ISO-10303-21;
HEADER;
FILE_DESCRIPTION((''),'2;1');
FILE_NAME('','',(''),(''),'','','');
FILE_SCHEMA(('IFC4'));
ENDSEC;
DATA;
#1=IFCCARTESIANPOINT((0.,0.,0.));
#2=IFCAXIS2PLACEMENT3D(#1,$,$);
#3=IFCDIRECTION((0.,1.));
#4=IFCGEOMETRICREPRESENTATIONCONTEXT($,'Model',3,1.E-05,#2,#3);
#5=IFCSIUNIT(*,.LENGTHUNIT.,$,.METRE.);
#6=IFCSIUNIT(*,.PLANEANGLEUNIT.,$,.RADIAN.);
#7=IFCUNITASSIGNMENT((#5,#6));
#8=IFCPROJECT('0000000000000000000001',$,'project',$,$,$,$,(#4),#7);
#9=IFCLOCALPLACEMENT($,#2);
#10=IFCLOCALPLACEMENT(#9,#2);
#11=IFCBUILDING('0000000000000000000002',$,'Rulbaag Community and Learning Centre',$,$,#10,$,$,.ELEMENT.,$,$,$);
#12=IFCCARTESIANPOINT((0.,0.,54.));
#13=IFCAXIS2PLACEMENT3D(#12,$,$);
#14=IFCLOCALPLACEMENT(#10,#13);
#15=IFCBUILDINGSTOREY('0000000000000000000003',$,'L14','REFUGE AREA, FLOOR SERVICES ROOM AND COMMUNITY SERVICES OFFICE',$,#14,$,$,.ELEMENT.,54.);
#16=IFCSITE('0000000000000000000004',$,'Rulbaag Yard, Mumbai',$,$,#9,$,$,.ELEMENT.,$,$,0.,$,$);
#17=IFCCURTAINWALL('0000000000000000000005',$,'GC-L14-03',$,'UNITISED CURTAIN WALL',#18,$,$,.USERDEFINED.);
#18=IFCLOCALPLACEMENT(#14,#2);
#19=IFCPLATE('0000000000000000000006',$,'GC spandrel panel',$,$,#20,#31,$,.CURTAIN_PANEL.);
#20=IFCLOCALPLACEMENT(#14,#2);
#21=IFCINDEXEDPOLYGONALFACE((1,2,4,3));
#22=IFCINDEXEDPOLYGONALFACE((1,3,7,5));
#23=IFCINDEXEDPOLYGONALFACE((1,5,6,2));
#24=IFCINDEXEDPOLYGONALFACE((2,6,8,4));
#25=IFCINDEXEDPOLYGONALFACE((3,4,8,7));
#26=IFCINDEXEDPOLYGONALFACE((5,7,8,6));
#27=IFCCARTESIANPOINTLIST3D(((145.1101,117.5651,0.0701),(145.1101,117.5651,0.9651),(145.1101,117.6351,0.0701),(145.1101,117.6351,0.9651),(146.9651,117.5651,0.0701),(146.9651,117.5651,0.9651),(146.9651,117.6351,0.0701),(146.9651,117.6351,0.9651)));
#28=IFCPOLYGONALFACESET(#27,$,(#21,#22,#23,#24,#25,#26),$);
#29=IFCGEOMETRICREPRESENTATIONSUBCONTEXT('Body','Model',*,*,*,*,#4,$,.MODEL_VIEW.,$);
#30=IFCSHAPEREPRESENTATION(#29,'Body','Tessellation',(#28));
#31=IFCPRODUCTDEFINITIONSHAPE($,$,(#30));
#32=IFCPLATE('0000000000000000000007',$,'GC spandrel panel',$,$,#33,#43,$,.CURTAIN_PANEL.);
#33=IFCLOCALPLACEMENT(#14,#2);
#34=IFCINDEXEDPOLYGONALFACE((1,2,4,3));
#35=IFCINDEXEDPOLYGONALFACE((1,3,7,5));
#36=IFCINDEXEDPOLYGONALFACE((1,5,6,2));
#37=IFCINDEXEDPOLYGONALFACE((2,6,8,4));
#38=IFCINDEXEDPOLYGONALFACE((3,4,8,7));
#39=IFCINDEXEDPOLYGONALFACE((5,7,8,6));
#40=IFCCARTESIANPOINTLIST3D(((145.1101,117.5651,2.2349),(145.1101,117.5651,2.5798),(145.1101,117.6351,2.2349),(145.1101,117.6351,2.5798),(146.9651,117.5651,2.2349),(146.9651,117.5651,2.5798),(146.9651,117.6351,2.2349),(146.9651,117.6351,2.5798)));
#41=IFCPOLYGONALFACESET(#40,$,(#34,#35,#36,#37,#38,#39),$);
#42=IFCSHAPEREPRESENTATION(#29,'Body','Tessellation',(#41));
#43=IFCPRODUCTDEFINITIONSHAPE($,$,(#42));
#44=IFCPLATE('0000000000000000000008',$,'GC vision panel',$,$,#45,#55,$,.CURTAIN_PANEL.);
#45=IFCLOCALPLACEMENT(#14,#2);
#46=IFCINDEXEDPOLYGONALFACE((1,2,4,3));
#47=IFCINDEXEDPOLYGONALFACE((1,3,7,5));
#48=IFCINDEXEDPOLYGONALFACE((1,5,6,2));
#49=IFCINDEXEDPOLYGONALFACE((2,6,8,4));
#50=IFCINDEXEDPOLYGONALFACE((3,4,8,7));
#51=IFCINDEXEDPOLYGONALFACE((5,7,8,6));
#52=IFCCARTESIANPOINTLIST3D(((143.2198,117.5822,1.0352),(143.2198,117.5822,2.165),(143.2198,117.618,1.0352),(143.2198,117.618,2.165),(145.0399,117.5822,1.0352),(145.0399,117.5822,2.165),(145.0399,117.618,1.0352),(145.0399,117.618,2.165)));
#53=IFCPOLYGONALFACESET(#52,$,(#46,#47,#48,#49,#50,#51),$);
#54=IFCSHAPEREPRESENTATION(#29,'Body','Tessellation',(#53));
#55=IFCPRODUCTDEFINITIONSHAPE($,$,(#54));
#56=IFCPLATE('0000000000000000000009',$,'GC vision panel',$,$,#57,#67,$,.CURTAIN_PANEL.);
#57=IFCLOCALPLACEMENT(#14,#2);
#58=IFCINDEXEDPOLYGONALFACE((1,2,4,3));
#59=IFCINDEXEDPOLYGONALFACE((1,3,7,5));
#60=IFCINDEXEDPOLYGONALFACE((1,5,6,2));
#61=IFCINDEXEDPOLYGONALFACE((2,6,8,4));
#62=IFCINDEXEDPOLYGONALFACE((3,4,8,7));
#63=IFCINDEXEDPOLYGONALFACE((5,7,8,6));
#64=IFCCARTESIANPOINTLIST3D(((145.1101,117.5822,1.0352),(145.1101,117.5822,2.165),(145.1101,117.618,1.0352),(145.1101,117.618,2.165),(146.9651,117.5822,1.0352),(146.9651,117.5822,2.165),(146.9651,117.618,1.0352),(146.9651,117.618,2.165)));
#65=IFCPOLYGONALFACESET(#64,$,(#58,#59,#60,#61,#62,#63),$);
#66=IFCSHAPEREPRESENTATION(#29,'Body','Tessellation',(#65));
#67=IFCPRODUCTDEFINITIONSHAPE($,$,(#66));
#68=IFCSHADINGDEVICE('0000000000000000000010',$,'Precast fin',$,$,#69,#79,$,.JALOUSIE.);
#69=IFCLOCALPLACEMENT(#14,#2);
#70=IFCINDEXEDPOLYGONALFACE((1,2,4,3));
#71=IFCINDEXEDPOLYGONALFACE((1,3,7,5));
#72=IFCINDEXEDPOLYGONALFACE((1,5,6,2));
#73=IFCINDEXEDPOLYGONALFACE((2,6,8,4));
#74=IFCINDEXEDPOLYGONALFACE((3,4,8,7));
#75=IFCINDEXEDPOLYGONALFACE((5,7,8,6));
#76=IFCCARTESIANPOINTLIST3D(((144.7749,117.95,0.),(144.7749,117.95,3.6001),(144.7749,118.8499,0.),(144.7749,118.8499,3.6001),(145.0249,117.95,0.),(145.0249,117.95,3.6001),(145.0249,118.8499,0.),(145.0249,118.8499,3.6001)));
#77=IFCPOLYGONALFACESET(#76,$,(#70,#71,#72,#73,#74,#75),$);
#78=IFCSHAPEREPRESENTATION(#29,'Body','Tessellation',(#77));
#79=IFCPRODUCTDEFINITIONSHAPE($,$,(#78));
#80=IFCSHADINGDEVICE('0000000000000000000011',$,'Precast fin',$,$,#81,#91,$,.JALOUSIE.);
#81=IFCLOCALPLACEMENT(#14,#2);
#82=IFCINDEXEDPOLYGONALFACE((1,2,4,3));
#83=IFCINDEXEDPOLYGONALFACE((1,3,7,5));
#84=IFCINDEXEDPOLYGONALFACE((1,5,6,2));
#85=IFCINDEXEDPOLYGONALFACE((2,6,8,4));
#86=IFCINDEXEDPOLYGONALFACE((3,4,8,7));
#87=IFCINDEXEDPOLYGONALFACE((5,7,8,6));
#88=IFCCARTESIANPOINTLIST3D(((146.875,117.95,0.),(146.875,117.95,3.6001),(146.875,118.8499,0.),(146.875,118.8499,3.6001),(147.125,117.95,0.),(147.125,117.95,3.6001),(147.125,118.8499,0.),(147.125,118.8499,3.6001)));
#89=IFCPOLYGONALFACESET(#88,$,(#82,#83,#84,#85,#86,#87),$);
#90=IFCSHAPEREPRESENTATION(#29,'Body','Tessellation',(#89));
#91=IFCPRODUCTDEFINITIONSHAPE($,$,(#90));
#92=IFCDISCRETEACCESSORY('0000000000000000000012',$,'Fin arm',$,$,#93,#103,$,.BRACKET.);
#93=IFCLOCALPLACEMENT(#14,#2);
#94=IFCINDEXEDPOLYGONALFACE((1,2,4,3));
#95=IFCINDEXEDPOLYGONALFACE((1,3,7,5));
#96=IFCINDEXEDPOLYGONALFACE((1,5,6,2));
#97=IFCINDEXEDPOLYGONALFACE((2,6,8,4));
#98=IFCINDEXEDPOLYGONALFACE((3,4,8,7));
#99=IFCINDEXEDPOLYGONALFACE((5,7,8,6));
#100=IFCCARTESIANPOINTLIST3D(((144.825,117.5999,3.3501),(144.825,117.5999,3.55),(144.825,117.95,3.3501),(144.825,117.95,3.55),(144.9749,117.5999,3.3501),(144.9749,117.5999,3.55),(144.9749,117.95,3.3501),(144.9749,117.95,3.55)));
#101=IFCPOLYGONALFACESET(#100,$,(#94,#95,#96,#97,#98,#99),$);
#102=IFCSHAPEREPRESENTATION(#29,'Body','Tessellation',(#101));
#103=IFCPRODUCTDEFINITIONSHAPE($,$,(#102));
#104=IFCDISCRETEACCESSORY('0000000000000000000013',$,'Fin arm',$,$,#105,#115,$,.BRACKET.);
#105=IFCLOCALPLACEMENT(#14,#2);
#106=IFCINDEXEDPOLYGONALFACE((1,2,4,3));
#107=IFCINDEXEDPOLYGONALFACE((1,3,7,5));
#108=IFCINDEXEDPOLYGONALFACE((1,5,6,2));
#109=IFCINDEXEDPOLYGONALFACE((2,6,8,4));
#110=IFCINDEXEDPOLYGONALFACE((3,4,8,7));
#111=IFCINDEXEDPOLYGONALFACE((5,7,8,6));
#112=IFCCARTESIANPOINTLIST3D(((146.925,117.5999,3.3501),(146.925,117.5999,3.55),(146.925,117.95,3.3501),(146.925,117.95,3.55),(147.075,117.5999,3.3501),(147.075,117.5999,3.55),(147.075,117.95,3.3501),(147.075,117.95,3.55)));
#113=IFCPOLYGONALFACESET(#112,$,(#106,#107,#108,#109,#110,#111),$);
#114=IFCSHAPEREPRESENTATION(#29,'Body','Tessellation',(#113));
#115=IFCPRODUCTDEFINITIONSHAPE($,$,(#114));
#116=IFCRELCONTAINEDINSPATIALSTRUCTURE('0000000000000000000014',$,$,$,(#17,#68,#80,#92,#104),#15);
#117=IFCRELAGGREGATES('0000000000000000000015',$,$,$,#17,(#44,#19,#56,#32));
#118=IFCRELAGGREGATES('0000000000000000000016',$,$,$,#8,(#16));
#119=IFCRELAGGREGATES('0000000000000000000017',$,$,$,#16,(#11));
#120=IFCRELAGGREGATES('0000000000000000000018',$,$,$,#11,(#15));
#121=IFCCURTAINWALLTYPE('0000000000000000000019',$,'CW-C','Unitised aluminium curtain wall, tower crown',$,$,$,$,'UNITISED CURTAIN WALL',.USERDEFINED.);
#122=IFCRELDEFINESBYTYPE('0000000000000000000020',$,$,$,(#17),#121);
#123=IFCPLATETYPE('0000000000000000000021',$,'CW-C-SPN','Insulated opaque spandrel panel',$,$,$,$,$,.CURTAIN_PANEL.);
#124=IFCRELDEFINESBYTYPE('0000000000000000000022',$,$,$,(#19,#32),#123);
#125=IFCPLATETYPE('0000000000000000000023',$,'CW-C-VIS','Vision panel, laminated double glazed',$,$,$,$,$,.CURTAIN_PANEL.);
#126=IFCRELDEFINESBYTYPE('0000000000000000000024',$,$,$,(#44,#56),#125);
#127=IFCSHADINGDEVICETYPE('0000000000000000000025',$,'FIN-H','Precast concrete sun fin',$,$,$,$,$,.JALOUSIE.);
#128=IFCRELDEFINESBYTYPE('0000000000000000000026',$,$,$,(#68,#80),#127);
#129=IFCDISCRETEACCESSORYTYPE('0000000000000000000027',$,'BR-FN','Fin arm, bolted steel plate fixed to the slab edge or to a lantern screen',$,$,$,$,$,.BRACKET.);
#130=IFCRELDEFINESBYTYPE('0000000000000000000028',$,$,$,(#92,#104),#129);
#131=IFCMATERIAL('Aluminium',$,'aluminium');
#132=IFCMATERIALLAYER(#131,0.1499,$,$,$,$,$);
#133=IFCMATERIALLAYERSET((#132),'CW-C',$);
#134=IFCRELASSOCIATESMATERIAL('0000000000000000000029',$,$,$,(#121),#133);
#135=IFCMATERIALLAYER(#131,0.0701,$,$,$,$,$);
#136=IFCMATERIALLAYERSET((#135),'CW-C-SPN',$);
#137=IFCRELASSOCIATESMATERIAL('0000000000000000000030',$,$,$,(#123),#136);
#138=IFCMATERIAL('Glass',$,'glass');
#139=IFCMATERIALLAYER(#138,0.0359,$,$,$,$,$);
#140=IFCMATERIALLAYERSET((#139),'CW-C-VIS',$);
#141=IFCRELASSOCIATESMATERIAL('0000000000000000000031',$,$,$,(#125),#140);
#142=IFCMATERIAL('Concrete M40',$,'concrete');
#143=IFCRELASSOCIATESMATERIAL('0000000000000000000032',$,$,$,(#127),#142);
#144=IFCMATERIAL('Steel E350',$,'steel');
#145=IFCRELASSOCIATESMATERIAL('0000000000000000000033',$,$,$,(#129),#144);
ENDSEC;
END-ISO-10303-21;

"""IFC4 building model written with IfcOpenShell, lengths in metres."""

from ifc_helpers import new_model, si_unit, direction, frame, origin, origin_2d, place, context, subcontext, project, spatial, rectangle, extrude, material, layer, layer_set, material_profile, profile_set, type_object, element, aggregate, save


model = new_model("IFC4")

# Units and contexts
model_context = context("Model", 3, precision=1e-05, world=origin(), true_north=direction((0.0, 1.0)))
body_context = subcontext(model_context, "Body", "Model", "MODEL_VIEW")
ifc_project = project(units=[si_unit("LENGTHUNIT", "METRE"), si_unit("PLANEANGLEUNIT", "RADIAN")], contexts=[model_context])

# Site, building, storey
site_placement = place(None, origin())
site = spatial("IfcSite", under=ifc_project, at=site_placement, Name="Rulbaag Yard, Mumbai", CompositionType="ELEMENT", RefElevation=0.0)
building_placement = place(site_placement, origin())
building = spatial("IfcBuilding", under=site, at=building_placement, Name="Rulbaag Community and Learning Centre", CompositionType="ELEMENT")
storey_placement = place(building_placement, frame((0.0, 0.0, 54.0)))
storey = spatial("IfcBuildingStorey", under=building, at=storey_placement, Name="L14", Description="REFUGE AREA, FLOOR SERVICES ROOM AND COMMUNITY SERVICES OFFICE", CompositionType="ELEMENT", Elevation=54.0)

# Curtain wall, plates
ifc_material_1 = material(Name="Aluminium", Category="aluminium")
ifc_layer_1 = layer(ifc_material_1, 0.1499)
ifc_layer_set_1 = layer_set([ifc_layer_1], Name="CW-C")
curtain_wall_type = type_object("IfcCurtainWallType", Name="CW-C", Description="Unitised aluminium curtain wall, tower crown", ElementType="UNITISED CURTAIN WALL", PredefinedType="USERDEFINED", material=ifc_layer_set_1)
curtain_wall_placement = place(storey_placement, origin())
curtain_wall = element("IfcCurtainWall", 1, at=curtain_wall_placement, inside=storey, type_object=curtain_wall_type, Name="GC-L14-03", ObjectType="UNITISED CURTAIN WALL", PredefinedType="USERDEFINED")
ifc_layer_2 = layer(ifc_material_1, 0.0701)
ifc_layer_set_2 = layer_set([ifc_layer_2], Name="CW-C-SPN")
plate_type_1 = type_object("IfcPlateType", Name="CW-C-SPN", Description="Insulated opaque spandrel panel", PredefinedType="CURTAIN_PANEL", material=ifc_layer_set_2)
plate_1_placement = place(storey_placement, frame((146.0376, 117.6001, 0.0701), z_axis=(0.0, 0.0, 1.0), x_axis=(1.0, 0.0, 0.0)))
plate_1 = element("IfcPlate", 2, at=plate_1_placement, type_object=plate_type_1, Name="GC spandrel panel", PredefinedType="CURTAIN_PANEL", context=body_context, shape_type="SweptSolid", body=[
    extrude(rectangle(XDim=1.855, YDim=0.0701, at=origin_2d()), origin(), (0.0, 0.0, 1.0), 0.895),
])
plate_2_placement = place(storey_placement, frame((146.0376, 117.6001, 2.2349), z_axis=(0.0, 0.0, 1.0), x_axis=(1.0, 0.0, 0.0)))
plate_2 = element("IfcPlate", 3, at=plate_2_placement, type_object=plate_type_1, Name="GC spandrel panel", PredefinedType="CURTAIN_PANEL", context=body_context, shape_type="SweptSolid", body=[
    extrude(rectangle(XDim=1.855, YDim=0.0701, at=origin_2d()), origin(), (0.0, 0.0, 1.0), 0.345),
])
ifc_material_2 = material(Name="Glass", Category="glass")
ifc_layer_3 = layer(ifc_material_2, 0.0359)
ifc_layer_set_3 = layer_set([ifc_layer_3], Name="CW-C-VIS")
plate_type_2 = type_object("IfcPlateType", Name="CW-C-VIS", Description="Vision panel, laminated double glazed", PredefinedType="CURTAIN_PANEL", material=ifc_layer_set_3)
plate_3_placement = place(storey_placement, frame((144.1299, 117.6001, 1.0352), z_axis=(0.0, 0.0, 1.0), x_axis=(1.0, 0.0, 0.0)))
plate_3 = element("IfcPlate", 4, at=plate_3_placement, type_object=plate_type_2, Name="GC vision panel", PredefinedType="CURTAIN_PANEL", context=body_context, shape_type="SweptSolid", body=[
    extrude(rectangle(XDim=1.8201, YDim=0.0359, at=origin_2d()), origin(), (0.0, 0.0, 1.0), 1.1299),
])
plate_4_placement = place(storey_placement, frame((146.0376, 117.6001, 1.0352), z_axis=(0.0, 0.0, 1.0), x_axis=(1.0, 0.0, 0.0)))
plate_4 = element("IfcPlate", 5, at=plate_4_placement, type_object=plate_type_2, Name="GC vision panel", PredefinedType="CURTAIN_PANEL", context=body_context, shape_type="SweptSolid", body=[
    extrude(rectangle(XDim=1.855, YDim=0.0359, at=origin_2d()), origin(), (0.0, 0.0, 1.0), 1.1299),
])
aggregate(curtain_wall, [plate_3, plate_1, plate_4, plate_2])

# Shading devices
ifc_material_3 = material(Name="Concrete M40", Category="concrete")
ifc_material_profile_1 = material_profile(ifc_material_3, rectangle(XDim=0.25, YDim=0.8999, at=origin_2d()), Name="PC 250x900")
ifc_profile_set_1 = profile_set([ifc_material_profile_1], Name="Concrete M40")
shading_device_type_1 = type_object("IfcShadingDeviceType", Name="FIN-H", Description="Precast concrete sun fin", PredefinedType="JALOUSIE", material=ifc_profile_set_1)
for number, where, z_axis, x_axis, name in (
    (6, (144.8999, 118.3999, 0.0), (0.0, 0.0, 1.0), (1.0, 0.0, 0.0), "Precast fin"),
    (7, (147.0, 118.3999, 0.0), (0.0, 0.0, 1.0), (1.0, 0.0, 0.0), "Precast fin"),
):
    element("IfcShadingDevice", number, at=place(storey_placement, frame(where, z_axis=z_axis, x_axis=x_axis)), inside=storey, type_object=shading_device_type_1, Name=name, PredefinedType="JALOUSIE", context=body_context, shape_type="SweptSolid", body=[
        extrude(rectangle(XDim=0.25, YDim=0.8999, at=origin_2d()), origin(), (0.0, 0.0, 1.0), 3.6001),
    ])

# Discrete accessories
ifc_material_4 = material(Name="Steel E350", Category="steel")
discrete_accessory_type = type_object("IfcDiscreteAccessoryType", Name="BR-FN", Description="Fin arm, bolted steel plate fixed to the slab edge or to a lantern screen", PredefinedType="BRACKET", material=ifc_material_4)
for number, where, z_axis, x_axis, name in (
    (8, (144.8999, 117.7749, 3.3501), (0.0, 0.0, 1.0), (1.0, 0.0, 0.0), "Fin arm"),
    (9, (147.0, 117.7749, 3.3501), (0.0, 0.0, 1.0), (1.0, 0.0, 0.0), "Fin arm"),
):
    element("IfcDiscreteAccessory", number, at=place(storey_placement, frame(where, z_axis=z_axis, x_axis=x_axis)), inside=storey, type_object=discrete_accessory_type, Name=name, PredefinedType="BRACKET", context=body_context, shape_type="SweptSolid", body=[
        extrude(rectangle(XDim=0.1499, YDim=0.3501, at=origin_2d()), origin(), (0.0, 0.0, 1.0), 0.2),
    ])

save(model, "model.ifc")
